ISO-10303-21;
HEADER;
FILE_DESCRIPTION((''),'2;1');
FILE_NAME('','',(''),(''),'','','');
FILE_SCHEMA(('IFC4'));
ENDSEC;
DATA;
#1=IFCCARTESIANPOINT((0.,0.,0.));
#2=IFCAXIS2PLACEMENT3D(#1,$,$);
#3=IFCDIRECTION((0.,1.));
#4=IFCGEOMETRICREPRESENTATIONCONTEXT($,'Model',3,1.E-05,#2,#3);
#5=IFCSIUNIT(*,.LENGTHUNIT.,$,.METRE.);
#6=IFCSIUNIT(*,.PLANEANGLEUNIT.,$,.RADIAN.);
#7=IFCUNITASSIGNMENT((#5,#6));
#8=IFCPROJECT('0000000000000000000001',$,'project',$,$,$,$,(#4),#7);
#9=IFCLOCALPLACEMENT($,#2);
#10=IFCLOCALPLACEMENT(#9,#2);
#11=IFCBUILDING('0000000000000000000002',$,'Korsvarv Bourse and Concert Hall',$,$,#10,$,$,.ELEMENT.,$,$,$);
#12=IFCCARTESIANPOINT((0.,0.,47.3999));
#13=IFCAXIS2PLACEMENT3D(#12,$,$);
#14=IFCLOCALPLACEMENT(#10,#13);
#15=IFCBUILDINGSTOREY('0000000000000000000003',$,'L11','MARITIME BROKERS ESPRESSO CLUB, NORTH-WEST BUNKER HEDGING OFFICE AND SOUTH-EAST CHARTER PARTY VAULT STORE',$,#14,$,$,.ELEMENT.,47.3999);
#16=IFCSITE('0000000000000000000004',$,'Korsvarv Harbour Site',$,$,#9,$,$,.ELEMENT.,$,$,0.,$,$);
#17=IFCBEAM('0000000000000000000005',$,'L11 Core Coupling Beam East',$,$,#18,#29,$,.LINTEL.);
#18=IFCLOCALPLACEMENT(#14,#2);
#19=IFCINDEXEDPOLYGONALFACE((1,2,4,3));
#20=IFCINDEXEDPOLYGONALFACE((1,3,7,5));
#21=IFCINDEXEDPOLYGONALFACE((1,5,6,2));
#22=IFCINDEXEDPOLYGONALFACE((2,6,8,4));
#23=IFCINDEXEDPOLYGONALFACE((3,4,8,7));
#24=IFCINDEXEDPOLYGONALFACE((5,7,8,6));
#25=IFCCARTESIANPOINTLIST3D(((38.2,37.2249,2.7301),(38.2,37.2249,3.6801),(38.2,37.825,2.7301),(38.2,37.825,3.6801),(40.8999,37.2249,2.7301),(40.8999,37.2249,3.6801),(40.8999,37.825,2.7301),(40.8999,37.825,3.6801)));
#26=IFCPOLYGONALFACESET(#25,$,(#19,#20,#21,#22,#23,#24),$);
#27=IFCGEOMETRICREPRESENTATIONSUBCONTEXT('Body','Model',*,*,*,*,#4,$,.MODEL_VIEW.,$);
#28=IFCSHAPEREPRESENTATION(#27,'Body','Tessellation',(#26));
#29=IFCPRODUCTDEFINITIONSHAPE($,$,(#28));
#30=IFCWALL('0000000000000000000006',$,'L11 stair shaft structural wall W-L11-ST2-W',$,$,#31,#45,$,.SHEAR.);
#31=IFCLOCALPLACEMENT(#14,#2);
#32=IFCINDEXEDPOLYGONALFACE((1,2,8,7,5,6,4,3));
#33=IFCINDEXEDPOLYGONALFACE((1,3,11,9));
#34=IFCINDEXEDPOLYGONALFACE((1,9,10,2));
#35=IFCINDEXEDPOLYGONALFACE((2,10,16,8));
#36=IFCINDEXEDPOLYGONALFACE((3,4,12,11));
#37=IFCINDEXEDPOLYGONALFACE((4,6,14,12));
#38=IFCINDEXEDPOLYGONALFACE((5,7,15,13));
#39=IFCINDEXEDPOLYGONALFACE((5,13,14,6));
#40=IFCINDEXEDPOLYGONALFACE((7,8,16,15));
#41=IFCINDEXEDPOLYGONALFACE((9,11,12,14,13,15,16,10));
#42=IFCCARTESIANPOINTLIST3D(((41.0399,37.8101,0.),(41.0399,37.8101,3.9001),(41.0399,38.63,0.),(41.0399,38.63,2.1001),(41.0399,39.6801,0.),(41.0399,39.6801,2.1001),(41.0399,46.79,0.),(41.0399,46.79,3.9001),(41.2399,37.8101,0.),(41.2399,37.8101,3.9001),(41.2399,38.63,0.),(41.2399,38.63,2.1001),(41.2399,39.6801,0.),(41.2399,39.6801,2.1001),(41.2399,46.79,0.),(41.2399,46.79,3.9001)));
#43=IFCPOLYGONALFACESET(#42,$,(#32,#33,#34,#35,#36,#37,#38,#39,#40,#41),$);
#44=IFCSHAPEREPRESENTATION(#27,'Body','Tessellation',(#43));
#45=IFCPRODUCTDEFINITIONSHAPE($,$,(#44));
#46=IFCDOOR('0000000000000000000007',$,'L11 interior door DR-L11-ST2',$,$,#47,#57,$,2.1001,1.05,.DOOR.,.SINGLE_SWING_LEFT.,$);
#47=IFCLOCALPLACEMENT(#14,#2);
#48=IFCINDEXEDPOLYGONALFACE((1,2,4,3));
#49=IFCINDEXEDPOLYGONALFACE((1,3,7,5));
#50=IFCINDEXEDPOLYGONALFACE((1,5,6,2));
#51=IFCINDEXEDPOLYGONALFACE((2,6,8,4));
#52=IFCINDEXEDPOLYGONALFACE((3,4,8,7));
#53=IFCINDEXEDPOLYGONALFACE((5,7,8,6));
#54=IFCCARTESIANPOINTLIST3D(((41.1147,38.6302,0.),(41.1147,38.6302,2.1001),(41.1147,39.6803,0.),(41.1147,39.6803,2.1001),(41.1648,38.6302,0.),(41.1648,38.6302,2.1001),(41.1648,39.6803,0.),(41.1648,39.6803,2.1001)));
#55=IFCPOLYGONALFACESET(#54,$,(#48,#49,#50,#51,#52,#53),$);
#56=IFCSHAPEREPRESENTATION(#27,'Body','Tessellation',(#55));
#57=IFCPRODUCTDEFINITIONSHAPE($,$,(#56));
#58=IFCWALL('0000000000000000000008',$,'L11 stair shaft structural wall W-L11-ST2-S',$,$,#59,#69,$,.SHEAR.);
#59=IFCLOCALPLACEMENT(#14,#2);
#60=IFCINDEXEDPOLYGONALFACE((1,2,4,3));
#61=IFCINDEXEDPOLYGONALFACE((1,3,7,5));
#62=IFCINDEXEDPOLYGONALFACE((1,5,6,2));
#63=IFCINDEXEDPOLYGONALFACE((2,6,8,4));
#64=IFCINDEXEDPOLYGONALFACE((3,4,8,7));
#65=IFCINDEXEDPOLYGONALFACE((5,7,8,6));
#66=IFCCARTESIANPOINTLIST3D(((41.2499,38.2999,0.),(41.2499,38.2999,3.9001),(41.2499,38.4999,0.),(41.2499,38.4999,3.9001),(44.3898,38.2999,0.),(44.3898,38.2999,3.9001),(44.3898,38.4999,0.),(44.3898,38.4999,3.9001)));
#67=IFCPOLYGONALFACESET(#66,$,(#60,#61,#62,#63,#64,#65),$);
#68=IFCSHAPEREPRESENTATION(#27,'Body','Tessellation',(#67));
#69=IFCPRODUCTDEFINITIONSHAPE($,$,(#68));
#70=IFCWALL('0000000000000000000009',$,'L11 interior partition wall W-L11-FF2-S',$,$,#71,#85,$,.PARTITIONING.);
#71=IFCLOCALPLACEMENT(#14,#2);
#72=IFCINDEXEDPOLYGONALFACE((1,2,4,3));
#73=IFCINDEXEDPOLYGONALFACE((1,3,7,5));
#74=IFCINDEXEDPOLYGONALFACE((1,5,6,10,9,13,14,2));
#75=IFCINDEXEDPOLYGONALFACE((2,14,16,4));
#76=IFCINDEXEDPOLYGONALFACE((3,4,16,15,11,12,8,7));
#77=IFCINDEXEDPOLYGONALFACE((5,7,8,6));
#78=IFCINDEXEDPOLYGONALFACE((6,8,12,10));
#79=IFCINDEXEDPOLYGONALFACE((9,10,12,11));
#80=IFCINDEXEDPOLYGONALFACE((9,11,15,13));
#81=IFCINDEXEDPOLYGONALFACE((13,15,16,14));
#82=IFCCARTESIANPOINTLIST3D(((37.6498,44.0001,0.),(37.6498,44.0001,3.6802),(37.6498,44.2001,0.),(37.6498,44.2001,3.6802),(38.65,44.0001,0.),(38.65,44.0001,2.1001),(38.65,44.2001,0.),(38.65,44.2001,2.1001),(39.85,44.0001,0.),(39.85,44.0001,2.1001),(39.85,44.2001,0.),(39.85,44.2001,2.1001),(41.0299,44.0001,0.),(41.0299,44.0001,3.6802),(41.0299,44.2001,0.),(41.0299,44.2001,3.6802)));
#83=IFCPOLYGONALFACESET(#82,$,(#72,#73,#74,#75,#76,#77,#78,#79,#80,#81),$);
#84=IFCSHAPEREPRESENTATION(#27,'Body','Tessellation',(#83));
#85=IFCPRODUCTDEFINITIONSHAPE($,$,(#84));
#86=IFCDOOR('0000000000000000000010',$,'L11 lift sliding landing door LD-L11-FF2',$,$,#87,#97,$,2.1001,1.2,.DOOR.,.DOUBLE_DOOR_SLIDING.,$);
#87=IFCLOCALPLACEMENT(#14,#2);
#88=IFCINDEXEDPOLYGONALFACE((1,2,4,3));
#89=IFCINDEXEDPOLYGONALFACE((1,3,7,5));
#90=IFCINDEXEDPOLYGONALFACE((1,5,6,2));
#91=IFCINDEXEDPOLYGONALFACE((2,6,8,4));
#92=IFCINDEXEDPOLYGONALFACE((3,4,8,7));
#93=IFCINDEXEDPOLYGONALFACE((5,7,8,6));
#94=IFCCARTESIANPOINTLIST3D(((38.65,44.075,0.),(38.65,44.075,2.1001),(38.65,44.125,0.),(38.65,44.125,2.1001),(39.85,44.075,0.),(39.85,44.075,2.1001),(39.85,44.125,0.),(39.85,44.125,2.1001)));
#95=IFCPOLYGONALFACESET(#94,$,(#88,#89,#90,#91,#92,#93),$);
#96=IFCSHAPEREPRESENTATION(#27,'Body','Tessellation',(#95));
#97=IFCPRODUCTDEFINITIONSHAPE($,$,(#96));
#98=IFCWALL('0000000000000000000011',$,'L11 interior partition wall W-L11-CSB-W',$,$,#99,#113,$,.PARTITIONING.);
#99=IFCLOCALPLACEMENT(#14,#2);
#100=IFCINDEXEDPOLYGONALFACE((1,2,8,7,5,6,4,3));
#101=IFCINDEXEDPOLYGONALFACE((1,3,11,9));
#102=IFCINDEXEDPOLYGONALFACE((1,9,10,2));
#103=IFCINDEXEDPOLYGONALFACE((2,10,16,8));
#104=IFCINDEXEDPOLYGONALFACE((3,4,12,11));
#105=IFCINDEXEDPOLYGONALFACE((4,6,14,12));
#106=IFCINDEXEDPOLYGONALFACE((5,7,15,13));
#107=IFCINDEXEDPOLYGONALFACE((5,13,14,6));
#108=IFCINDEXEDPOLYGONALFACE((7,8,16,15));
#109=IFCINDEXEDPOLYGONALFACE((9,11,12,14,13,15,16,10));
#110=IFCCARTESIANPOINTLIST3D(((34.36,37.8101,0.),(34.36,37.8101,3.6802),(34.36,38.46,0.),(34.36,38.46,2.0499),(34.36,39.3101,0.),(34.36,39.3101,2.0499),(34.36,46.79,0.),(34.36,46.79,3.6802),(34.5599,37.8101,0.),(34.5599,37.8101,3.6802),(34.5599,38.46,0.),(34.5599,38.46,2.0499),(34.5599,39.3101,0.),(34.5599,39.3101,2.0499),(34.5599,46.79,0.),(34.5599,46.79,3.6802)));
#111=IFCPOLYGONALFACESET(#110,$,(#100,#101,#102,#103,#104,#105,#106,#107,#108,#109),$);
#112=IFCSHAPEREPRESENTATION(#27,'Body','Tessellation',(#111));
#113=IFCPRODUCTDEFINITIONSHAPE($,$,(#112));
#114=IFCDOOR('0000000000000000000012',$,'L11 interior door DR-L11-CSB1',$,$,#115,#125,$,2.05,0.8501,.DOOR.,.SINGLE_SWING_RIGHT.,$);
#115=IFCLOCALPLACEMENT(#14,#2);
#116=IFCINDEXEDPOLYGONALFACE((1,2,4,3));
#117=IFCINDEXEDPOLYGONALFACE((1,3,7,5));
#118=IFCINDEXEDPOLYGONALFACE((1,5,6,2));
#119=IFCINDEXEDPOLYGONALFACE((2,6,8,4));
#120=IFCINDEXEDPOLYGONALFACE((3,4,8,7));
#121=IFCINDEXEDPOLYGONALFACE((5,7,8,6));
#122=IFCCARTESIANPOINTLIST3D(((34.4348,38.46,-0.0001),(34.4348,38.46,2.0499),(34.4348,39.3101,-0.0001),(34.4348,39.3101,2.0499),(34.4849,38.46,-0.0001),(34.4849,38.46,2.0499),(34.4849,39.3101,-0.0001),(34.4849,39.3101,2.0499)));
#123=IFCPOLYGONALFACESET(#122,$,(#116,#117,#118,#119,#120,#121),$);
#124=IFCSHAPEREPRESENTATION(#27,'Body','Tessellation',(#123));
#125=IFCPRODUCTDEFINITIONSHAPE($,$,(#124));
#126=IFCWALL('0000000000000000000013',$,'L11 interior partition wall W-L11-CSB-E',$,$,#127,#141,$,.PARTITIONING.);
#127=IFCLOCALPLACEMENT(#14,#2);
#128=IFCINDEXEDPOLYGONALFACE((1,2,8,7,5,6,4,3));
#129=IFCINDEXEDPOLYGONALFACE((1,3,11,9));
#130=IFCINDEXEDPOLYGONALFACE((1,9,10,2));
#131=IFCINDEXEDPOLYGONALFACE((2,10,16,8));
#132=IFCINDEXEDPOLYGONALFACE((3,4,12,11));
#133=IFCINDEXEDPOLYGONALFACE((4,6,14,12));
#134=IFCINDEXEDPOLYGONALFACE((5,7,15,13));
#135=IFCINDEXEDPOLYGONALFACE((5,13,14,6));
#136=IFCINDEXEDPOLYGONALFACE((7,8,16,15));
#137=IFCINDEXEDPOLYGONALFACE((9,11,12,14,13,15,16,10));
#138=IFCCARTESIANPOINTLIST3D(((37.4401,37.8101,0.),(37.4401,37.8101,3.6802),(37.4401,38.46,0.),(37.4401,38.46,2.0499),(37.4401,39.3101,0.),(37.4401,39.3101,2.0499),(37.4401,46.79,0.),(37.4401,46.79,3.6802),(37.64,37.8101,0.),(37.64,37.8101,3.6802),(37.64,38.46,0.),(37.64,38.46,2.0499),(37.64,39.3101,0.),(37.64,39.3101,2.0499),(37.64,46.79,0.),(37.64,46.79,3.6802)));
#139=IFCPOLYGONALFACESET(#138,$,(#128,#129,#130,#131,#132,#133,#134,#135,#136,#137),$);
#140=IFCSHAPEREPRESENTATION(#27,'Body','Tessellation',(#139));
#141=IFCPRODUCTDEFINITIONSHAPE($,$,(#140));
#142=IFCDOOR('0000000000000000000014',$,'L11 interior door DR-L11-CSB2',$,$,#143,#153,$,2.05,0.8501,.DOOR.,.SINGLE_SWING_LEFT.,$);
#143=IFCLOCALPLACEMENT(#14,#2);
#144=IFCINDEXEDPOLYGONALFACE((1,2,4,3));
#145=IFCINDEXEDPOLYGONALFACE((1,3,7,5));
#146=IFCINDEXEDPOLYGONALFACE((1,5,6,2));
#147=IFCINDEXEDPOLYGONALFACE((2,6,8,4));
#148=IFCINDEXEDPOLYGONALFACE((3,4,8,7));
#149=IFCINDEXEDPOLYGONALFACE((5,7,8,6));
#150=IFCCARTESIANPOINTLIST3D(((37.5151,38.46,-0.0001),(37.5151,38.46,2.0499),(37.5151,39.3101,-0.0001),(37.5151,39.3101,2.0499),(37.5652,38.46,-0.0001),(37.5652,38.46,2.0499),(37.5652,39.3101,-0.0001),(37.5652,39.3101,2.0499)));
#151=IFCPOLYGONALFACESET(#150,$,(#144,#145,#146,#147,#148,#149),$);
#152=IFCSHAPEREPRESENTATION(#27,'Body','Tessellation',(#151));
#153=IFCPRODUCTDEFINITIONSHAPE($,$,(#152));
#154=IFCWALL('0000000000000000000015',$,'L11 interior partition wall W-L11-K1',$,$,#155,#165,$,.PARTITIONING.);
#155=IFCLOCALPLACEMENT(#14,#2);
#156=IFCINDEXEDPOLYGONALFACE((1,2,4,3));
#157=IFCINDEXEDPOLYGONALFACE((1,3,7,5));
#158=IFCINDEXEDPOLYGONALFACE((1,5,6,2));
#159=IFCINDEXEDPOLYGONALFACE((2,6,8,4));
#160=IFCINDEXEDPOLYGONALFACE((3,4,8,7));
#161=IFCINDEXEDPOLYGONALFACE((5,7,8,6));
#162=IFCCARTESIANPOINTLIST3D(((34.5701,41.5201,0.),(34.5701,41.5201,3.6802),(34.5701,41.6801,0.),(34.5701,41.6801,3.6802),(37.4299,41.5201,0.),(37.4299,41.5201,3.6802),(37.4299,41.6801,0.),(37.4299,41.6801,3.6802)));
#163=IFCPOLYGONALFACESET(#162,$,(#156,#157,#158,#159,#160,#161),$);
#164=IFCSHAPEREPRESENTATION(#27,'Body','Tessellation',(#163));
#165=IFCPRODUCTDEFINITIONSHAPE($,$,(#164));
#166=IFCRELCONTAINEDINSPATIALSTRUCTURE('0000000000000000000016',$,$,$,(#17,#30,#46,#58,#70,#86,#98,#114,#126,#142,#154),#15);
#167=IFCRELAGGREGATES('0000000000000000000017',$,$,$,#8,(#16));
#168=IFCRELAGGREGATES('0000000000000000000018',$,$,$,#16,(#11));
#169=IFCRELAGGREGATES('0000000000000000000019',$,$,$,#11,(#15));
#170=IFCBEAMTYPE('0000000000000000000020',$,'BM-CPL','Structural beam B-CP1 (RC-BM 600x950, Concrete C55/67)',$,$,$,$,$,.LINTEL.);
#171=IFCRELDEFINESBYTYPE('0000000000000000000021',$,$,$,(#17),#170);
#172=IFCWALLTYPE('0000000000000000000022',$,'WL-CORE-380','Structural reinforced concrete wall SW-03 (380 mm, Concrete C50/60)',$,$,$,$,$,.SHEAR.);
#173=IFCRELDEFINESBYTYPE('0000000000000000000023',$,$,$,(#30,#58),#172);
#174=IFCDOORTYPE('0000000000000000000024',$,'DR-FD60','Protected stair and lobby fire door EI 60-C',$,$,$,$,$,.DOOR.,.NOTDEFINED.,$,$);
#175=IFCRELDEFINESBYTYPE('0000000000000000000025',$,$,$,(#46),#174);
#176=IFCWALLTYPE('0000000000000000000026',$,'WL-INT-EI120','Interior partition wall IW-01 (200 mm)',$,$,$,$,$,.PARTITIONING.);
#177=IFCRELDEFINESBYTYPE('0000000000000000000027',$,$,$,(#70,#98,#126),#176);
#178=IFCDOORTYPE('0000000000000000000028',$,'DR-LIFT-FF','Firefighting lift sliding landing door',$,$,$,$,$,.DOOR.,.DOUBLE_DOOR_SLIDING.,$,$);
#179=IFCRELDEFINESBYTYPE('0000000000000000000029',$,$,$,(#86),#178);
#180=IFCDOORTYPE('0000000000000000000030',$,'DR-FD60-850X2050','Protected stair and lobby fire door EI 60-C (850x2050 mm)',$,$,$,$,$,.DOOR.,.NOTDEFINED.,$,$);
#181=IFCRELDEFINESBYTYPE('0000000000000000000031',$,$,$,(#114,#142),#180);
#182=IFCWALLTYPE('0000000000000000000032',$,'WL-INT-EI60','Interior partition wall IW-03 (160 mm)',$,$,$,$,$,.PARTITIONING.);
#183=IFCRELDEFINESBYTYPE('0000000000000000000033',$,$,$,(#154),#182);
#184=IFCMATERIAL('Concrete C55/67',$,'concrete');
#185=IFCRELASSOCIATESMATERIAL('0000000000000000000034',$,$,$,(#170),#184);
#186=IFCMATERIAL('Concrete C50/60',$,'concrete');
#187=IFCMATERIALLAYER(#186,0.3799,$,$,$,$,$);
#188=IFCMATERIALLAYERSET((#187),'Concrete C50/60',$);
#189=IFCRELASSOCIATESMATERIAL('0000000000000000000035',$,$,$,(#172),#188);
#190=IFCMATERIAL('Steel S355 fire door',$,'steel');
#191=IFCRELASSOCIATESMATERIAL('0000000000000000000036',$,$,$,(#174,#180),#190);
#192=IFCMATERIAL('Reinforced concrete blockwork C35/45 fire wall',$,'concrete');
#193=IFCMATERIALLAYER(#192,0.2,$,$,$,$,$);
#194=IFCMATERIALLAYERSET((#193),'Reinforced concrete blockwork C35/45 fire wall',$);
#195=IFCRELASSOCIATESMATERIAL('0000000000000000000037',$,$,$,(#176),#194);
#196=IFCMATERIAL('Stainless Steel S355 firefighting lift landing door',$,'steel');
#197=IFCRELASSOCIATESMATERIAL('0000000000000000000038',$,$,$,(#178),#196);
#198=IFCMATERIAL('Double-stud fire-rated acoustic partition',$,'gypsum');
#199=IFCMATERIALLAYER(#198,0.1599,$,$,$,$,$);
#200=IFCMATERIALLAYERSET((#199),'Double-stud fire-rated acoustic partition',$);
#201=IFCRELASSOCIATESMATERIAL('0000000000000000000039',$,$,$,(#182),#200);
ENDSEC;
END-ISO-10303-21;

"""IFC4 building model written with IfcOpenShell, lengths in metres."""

from ifc_helpers import new_model, si_unit, direction, frame, frame_2d, origin, origin_2d, place, context, subcontext, project, spatial, rectangle, extrude, source, transform, mapped, material, layer, layer_set, material_profile, profile_set, type_object, element, fill, save


model = new_model("IFC4")

# Units and contexts
model_context = context("Model", 3, precision=1e-05, world=origin(), true_north=direction((0.0, 1.0)))
body_context = subcontext(model_context, "Body", "Model", "MODEL_VIEW")
ifc_project = project(units=[si_unit("LENGTHUNIT", "METRE"), si_unit("PLANEANGLEUNIT", "RADIAN")], contexts=[model_context])

# Site, building, storey
site_placement = place(None, origin())
site = spatial("IfcSite", under=ifc_project, at=site_placement, Name="Korsvarv Harbour Site", CompositionType="ELEMENT", RefElevation=0.0)
building_placement = place(site_placement, origin())
building = spatial("IfcBuilding", under=site, at=building_placement, Name="Korsvarv Bourse and Concert Hall", CompositionType="ELEMENT")
storey_placement = place(building_placement, frame((0.0, 0.0, 47.3999)))
storey = spatial("IfcBuildingStorey", under=building, at=storey_placement, Name="L11", Description="MARITIME BROKERS ESPRESSO CLUB, NORTH-WEST BUNKER HEDGING OFFICE AND SOUTH-EAST CHARTER PARTY VAULT STORE", CompositionType="ELEMENT", Elevation=47.3999)

# Beam
ifc_material_1 = material(Name="Concrete C55/67", Category="concrete")
ifc_material_profile = material_profile(ifc_material_1, rectangle(XDim=0.6001, YDim=0.95, at=origin_2d()), Name="RC-BM 600x950")
ifc_profile_set = profile_set([ifc_material_profile], Name="Concrete C55/67")
beam_type = type_object("IfcBeamType", Name="BM-CPL", Description="Structural beam B-CP1 (RC-BM 600x950, Concrete C55/67)", PredefinedType="LINTEL", material=ifc_profile_set)
shared_shape = source(origin(), body_context, "Body", "SweptSolid", [
    extrude(rectangle(XDim=0.6001, YDim=0.95, at=origin_2d()), origin(), (0.0, 0.0, 1.0), 2.7),
])
beam_placement = place(storey_placement, frame((38.2, 37.5249, 3.2051), z_axis=(1.0, 0.0, 0.0), x_axis=(0.0, 1.0, 0.0)))
element("IfcBeam", 1, at=beam_placement, inside=storey, type_object=beam_type, Name="L11 Core Coupling Beam East", PredefinedType="LINTEL", context=body_context, shape_type="MappedRepresentation", body=[
    mapped(shared_shape, transform((0.0, 0.0, 0.0), scale=1.0)),
])

# Wall, opening, door
ifc_material_2 = material(Name="Concrete C50/60", Category="concrete")
ifc_layer_1 = layer(ifc_material_2, 0.3799)
ifc_layer_set_1 = layer_set([ifc_layer_1], Name="Concrete C50/60")
wall_type_1 = type_object("IfcWallType", Name="WL-CORE-380", Description="Structural reinforced concrete wall SW-03 (380 mm, Concrete C50/60)", PredefinedType="SHEAR", material=ifc_layer_set_1)
wall_1_placement = place(storey_placement, frame((41.1399, 37.8101, 0.0), z_axis=(0.0, 0.0, 1.0), x_axis=(0.0, 1.0, 0.0)))
wall_1 = element("IfcWall", 2, at=wall_1_placement, inside=storey, type_object=wall_type_1, Name="L11 stair shaft structural wall W-L11-ST2-W", PredefinedType="SHEAR", context=body_context, shape_type="SweptSolid", body=[
    extrude(rectangle(XDim=8.98, YDim=0.2, at=frame_2d((4.49, 0.0))), origin(), (0.0, 0.0, 1.0), 3.9001),
])
opening_1_placement = place(wall_1_placement, frame((0.8201, 0.0, 0.0)))
opening_1 = element("IfcOpeningElement", 3, at=opening_1_placement, cuts=wall_1, PredefinedType="OPENING", context=body_context, shape_type="SweptSolid", body=[
    extrude(rectangle(XDim=1.05, YDim=2.1001, at=frame_2d((0.5249, 1.05))), frame((0.0, 0.1099, 0.0), z_axis=(0.0, -1.0, 0.0), x_axis=(1.0, 0.0, 0.0)), (0.0, 0.0, 1.0), 0.22),
])
ifc_material_3 = material(Name="Steel S355 fire door", Category="steel")
door_type_1 = type_object("IfcDoorType", Name="DR-FD60", Description="Protected stair and lobby fire door EI 60-C", OperationType="NOTDEFINED", PredefinedType="DOOR", material=ifc_material_3)
door_1_placement = place(opening_1_placement, frame((1.05, 0.0, 0.0), z_axis=(0.0, 0.0, 1.0), x_axis=(-1.0, 0.0, 0.0)))
door_1 = element("IfcDoor", 4, at=door_1_placement, inside=storey, type_object=door_type_1, Name="L11 interior door DR-L11-ST2", OperationType="SINGLE_SWING_LEFT", OverallHeight=2.1001, OverallWidth=1.05, PredefinedType="DOOR", context=body_context, shape_type="SweptSolid", body=[
    extrude(rectangle(XDim=1.05, YDim=2.1001, at=frame_2d((0.5249, 1.05))), frame((0.0, 0.0249, 0.0), z_axis=(0.0, -1.0, 0.0), x_axis=(1.0, 0.0, 0.0)), (0.0, 0.0, 1.0), 0.05),
])
fill(opening_1, door_1)

# Wall
wall_2_placement = place(storey_placement, frame((41.25, 38.3999, 0.0), z_axis=(0.0, 0.0, 1.0), x_axis=(1.0, 0.0, 0.0)))
element("IfcWall", 5, at=wall_2_placement, inside=storey, type_object=wall_type_1, Name="L11 stair shaft structural wall W-L11-ST2-S", PredefinedType="SHEAR", context=body_context, shape_type="SweptSolid", body=[
    extrude(rectangle(XDim=3.1399, YDim=0.2, at=frame_2d((1.5698, 0.0))), origin(), (0.0, 0.0, 1.0), 3.9001),
])

# Walls, openings, doors
ifc_material_4 = material(Name="Reinforced concrete blockwork C35/45 fire wall", Category="concrete")
ifc_layer_2 = layer(ifc_material_4, 0.2)
ifc_layer_set_2 = layer_set([ifc_layer_2], Name="Reinforced concrete blockwork C35/45 fire wall")
wall_type_2 = type_object("IfcWallType", Name="WL-INT-EI120", Description="Interior partition wall IW-01 (200 mm)", PredefinedType="PARTITIONING", material=ifc_layer_set_2)
wall_3_placement = place(storey_placement, frame((37.6499, 44.1001, 0.0), z_axis=(0.0, 0.0, 1.0), x_axis=(1.0, 0.0, 0.0)))
wall_3 = element("IfcWall", 6, at=wall_3_placement, inside=storey, type_object=wall_type_2, Name="L11 interior partition wall W-L11-FF2-S", PredefinedType="PARTITIONING", context=body_context, shape_type="SweptSolid", body=[
    extrude(rectangle(XDim=3.3801, YDim=0.2, at=frame_2d((1.6899, 0.0))), origin(), (0.0, 0.0, 1.0), 3.6802),
])
opening_2_placement = place(wall_3_placement, frame((1.0, 0.0, 0.0)))
opening_2 = element("IfcOpeningElement", 7, at=opening_2_placement, cuts=wall_3, PredefinedType="OPENING", context=body_context, shape_type="SweptSolid", body=[
    extrude(rectangle(XDim=1.2, YDim=2.1001, at=frame_2d((0.6001, 1.05))), frame((0.0, 0.1099, 0.0), z_axis=(0.0, -1.0, 0.0), x_axis=(1.0, 0.0, 0.0)), (0.0, 0.0, 1.0), 0.22),
])
ifc_material_5 = material(Name="Stainless Steel S355 firefighting lift landing door", Category="steel")
door_type_2 = type_object("IfcDoorType", Name="DR-LIFT-FF", Description="Firefighting lift sliding landing door", OperationType="DOUBLE_DOOR_SLIDING", PredefinedType="DOOR", material=ifc_material_5)
door_2_placement = place(opening_2_placement, origin())
door_2 = element("IfcDoor", 8, at=door_2_placement, inside=storey, type_object=door_type_2, Name="L11 lift sliding landing door LD-L11-FF2", OperationType="DOUBLE_DOOR_SLIDING", OverallHeight=2.1001, OverallWidth=1.2, PredefinedType="DOOR", context=body_context, shape_type="SweptSolid", body=[
    extrude(rectangle(XDim=1.2, YDim=2.1001, at=frame_2d((0.6001, 1.05))), frame((0.0, 0.0249, 0.0), z_axis=(0.0, -1.0, 0.0), x_axis=(1.0, 0.0, 0.0)), (0.0, 0.0, 1.0), 0.05),
])
fill(opening_2, door_2)
wall_4_placement = place(storey_placement, frame((34.46, 37.8101, 0.0), z_axis=(0.0, 0.0, 1.0), x_axis=(0.0, 1.0, 0.0)))
wall_4 = element("IfcWall", 9, at=wall_4_placement, inside=storey, type_object=wall_type_2, Name="L11 interior partition wall W-L11-CSB-W", PredefinedType="PARTITIONING", context=body_context, shape_type="SweptSolid", body=[
    extrude(rectangle(XDim=8.98, YDim=0.2, at=frame_2d((4.49, 0.0))), origin(), (0.0, 0.0, 1.0), 3.6802),
])
opening_3_placement = place(wall_4_placement, frame((0.6499, 0.0, 0.0)))
opening_3 = element("IfcOpeningElement", 10, at=opening_3_placement, cuts=wall_4, PredefinedType="OPENING", context=body_context, shape_type="SweptSolid", body=[
    extrude(rectangle(XDim=0.8501, YDim=2.05, at=frame_2d((0.425, 1.0249))), frame((0.0, 0.1099, 0.0), z_axis=(0.0, -1.0, 0.0), x_axis=(1.0, 0.0, 0.0)), (0.0, 0.0, 1.0), 0.22),
])
door_type_3 = type_object("IfcDoorType", Name="DR-FD60-850X2050", Description="Protected stair and lobby fire door EI 60-C (850x2050 mm)", OperationType="NOTDEFINED", PredefinedType="DOOR", material=ifc_material_3)
door_3_placement = place(opening_3_placement, frame((0.8501, 0.0, 0.0), z_axis=(0.0, 0.0, 1.0), x_axis=(-1.0, 0.0, 0.0)))
door_3 = element("IfcDoor", 11, at=door_3_placement, inside=storey, type_object=door_type_3, Name="L11 interior door DR-L11-CSB1", OperationType="SINGLE_SWING_RIGHT", OverallHeight=2.05, OverallWidth=0.8501, PredefinedType="DOOR", context=body_context, shape_type="SweptSolid", body=[
    extrude(rectangle(XDim=0.8501, YDim=2.05, at=frame_2d((0.425, 1.0249))), frame((0.0, 0.0249, 0.0), z_axis=(0.0, -1.0, 0.0), x_axis=(1.0, 0.0, 0.0)), (0.0, 0.0, 1.0), 0.05),
])
fill(opening_3, door_3)
wall_5_placement = place(storey_placement, frame((37.54, 37.8101, 0.0), z_axis=(0.0, 0.0, 1.0), x_axis=(0.0, 1.0, 0.0)))
wall_5 = element("IfcWall", 12, at=wall_5_placement, inside=storey, type_object=wall_type_2, Name="L11 interior partition wall W-L11-CSB-E", PredefinedType="PARTITIONING", context=body_context, shape_type="SweptSolid", body=[
    extrude(rectangle(XDim=8.98, YDim=0.2, at=frame_2d((4.49, 0.0))), origin(), (0.0, 0.0, 1.0), 3.6802),
])
opening_4_placement = place(wall_5_placement, frame((0.6499, 0.0, 0.0)))
opening_4 = element("IfcOpeningElement", 13, at=opening_4_placement, cuts=wall_5, PredefinedType="OPENING", context=body_context, shape_type="SweptSolid", body=[
    extrude(rectangle(XDim=0.8501, YDim=2.05, at=frame_2d((0.425, 1.0249))), frame((0.0, 0.1099, 0.0), z_axis=(0.0, -1.0, 0.0), x_axis=(1.0, 0.0, 0.0)), (0.0, 0.0, 1.0), 0.22),
])
door_4_placement = place(opening_4_placement, origin())
door_4 = element("IfcDoor", 14, at=door_4_placement, inside=storey, type_object=door_type_3, Name="L11 interior door DR-L11-CSB2", OperationType="SINGLE_SWING_LEFT", OverallHeight=2.05, OverallWidth=0.8501, PredefinedType="DOOR", context=body_context, shape_type="SweptSolid", body=[
    extrude(rectangle(XDim=0.8501, YDim=2.05, at=frame_2d((0.425, 1.0249))), frame((0.0, 0.0249, 0.0), z_axis=(0.0, -1.0, 0.0), x_axis=(1.0, 0.0, 0.0)), (0.0, 0.0, 1.0), 0.05),
])
fill(opening_4, door_4)

# Wall
ifc_material_6 = material(Name="Double-stud fire-rated acoustic partition", Category="gypsum")
ifc_layer_3 = layer(ifc_material_6, 0.1599)
ifc_layer_set_3 = layer_set([ifc_layer_3], Name="Double-stud fire-rated acoustic partition")
wall_type_3 = type_object("IfcWallType", Name="WL-INT-EI60", Description="Interior partition wall IW-03 (160 mm)", PredefinedType="PARTITIONING", material=ifc_layer_set_3)
wall_6_placement = place(storey_placement, frame((34.5701, 41.6001, 0.0), z_axis=(0.0, 0.0, 1.0), x_axis=(1.0, 0.0, 0.0)))
element("IfcWall", 15, at=wall_6_placement, inside=storey, type_object=wall_type_3, Name="L11 interior partition wall W-L11-K1", PredefinedType="PARTITIONING", context=body_context, shape_type="SweptSolid", body=[
    extrude(rectangle(XDim=2.8599, YDim=0.1599, at=frame_2d((1.4299, 0.0))), origin(), (0.0, 0.0, 1.0), 3.6802),
])

save(model, "model.ifc")
